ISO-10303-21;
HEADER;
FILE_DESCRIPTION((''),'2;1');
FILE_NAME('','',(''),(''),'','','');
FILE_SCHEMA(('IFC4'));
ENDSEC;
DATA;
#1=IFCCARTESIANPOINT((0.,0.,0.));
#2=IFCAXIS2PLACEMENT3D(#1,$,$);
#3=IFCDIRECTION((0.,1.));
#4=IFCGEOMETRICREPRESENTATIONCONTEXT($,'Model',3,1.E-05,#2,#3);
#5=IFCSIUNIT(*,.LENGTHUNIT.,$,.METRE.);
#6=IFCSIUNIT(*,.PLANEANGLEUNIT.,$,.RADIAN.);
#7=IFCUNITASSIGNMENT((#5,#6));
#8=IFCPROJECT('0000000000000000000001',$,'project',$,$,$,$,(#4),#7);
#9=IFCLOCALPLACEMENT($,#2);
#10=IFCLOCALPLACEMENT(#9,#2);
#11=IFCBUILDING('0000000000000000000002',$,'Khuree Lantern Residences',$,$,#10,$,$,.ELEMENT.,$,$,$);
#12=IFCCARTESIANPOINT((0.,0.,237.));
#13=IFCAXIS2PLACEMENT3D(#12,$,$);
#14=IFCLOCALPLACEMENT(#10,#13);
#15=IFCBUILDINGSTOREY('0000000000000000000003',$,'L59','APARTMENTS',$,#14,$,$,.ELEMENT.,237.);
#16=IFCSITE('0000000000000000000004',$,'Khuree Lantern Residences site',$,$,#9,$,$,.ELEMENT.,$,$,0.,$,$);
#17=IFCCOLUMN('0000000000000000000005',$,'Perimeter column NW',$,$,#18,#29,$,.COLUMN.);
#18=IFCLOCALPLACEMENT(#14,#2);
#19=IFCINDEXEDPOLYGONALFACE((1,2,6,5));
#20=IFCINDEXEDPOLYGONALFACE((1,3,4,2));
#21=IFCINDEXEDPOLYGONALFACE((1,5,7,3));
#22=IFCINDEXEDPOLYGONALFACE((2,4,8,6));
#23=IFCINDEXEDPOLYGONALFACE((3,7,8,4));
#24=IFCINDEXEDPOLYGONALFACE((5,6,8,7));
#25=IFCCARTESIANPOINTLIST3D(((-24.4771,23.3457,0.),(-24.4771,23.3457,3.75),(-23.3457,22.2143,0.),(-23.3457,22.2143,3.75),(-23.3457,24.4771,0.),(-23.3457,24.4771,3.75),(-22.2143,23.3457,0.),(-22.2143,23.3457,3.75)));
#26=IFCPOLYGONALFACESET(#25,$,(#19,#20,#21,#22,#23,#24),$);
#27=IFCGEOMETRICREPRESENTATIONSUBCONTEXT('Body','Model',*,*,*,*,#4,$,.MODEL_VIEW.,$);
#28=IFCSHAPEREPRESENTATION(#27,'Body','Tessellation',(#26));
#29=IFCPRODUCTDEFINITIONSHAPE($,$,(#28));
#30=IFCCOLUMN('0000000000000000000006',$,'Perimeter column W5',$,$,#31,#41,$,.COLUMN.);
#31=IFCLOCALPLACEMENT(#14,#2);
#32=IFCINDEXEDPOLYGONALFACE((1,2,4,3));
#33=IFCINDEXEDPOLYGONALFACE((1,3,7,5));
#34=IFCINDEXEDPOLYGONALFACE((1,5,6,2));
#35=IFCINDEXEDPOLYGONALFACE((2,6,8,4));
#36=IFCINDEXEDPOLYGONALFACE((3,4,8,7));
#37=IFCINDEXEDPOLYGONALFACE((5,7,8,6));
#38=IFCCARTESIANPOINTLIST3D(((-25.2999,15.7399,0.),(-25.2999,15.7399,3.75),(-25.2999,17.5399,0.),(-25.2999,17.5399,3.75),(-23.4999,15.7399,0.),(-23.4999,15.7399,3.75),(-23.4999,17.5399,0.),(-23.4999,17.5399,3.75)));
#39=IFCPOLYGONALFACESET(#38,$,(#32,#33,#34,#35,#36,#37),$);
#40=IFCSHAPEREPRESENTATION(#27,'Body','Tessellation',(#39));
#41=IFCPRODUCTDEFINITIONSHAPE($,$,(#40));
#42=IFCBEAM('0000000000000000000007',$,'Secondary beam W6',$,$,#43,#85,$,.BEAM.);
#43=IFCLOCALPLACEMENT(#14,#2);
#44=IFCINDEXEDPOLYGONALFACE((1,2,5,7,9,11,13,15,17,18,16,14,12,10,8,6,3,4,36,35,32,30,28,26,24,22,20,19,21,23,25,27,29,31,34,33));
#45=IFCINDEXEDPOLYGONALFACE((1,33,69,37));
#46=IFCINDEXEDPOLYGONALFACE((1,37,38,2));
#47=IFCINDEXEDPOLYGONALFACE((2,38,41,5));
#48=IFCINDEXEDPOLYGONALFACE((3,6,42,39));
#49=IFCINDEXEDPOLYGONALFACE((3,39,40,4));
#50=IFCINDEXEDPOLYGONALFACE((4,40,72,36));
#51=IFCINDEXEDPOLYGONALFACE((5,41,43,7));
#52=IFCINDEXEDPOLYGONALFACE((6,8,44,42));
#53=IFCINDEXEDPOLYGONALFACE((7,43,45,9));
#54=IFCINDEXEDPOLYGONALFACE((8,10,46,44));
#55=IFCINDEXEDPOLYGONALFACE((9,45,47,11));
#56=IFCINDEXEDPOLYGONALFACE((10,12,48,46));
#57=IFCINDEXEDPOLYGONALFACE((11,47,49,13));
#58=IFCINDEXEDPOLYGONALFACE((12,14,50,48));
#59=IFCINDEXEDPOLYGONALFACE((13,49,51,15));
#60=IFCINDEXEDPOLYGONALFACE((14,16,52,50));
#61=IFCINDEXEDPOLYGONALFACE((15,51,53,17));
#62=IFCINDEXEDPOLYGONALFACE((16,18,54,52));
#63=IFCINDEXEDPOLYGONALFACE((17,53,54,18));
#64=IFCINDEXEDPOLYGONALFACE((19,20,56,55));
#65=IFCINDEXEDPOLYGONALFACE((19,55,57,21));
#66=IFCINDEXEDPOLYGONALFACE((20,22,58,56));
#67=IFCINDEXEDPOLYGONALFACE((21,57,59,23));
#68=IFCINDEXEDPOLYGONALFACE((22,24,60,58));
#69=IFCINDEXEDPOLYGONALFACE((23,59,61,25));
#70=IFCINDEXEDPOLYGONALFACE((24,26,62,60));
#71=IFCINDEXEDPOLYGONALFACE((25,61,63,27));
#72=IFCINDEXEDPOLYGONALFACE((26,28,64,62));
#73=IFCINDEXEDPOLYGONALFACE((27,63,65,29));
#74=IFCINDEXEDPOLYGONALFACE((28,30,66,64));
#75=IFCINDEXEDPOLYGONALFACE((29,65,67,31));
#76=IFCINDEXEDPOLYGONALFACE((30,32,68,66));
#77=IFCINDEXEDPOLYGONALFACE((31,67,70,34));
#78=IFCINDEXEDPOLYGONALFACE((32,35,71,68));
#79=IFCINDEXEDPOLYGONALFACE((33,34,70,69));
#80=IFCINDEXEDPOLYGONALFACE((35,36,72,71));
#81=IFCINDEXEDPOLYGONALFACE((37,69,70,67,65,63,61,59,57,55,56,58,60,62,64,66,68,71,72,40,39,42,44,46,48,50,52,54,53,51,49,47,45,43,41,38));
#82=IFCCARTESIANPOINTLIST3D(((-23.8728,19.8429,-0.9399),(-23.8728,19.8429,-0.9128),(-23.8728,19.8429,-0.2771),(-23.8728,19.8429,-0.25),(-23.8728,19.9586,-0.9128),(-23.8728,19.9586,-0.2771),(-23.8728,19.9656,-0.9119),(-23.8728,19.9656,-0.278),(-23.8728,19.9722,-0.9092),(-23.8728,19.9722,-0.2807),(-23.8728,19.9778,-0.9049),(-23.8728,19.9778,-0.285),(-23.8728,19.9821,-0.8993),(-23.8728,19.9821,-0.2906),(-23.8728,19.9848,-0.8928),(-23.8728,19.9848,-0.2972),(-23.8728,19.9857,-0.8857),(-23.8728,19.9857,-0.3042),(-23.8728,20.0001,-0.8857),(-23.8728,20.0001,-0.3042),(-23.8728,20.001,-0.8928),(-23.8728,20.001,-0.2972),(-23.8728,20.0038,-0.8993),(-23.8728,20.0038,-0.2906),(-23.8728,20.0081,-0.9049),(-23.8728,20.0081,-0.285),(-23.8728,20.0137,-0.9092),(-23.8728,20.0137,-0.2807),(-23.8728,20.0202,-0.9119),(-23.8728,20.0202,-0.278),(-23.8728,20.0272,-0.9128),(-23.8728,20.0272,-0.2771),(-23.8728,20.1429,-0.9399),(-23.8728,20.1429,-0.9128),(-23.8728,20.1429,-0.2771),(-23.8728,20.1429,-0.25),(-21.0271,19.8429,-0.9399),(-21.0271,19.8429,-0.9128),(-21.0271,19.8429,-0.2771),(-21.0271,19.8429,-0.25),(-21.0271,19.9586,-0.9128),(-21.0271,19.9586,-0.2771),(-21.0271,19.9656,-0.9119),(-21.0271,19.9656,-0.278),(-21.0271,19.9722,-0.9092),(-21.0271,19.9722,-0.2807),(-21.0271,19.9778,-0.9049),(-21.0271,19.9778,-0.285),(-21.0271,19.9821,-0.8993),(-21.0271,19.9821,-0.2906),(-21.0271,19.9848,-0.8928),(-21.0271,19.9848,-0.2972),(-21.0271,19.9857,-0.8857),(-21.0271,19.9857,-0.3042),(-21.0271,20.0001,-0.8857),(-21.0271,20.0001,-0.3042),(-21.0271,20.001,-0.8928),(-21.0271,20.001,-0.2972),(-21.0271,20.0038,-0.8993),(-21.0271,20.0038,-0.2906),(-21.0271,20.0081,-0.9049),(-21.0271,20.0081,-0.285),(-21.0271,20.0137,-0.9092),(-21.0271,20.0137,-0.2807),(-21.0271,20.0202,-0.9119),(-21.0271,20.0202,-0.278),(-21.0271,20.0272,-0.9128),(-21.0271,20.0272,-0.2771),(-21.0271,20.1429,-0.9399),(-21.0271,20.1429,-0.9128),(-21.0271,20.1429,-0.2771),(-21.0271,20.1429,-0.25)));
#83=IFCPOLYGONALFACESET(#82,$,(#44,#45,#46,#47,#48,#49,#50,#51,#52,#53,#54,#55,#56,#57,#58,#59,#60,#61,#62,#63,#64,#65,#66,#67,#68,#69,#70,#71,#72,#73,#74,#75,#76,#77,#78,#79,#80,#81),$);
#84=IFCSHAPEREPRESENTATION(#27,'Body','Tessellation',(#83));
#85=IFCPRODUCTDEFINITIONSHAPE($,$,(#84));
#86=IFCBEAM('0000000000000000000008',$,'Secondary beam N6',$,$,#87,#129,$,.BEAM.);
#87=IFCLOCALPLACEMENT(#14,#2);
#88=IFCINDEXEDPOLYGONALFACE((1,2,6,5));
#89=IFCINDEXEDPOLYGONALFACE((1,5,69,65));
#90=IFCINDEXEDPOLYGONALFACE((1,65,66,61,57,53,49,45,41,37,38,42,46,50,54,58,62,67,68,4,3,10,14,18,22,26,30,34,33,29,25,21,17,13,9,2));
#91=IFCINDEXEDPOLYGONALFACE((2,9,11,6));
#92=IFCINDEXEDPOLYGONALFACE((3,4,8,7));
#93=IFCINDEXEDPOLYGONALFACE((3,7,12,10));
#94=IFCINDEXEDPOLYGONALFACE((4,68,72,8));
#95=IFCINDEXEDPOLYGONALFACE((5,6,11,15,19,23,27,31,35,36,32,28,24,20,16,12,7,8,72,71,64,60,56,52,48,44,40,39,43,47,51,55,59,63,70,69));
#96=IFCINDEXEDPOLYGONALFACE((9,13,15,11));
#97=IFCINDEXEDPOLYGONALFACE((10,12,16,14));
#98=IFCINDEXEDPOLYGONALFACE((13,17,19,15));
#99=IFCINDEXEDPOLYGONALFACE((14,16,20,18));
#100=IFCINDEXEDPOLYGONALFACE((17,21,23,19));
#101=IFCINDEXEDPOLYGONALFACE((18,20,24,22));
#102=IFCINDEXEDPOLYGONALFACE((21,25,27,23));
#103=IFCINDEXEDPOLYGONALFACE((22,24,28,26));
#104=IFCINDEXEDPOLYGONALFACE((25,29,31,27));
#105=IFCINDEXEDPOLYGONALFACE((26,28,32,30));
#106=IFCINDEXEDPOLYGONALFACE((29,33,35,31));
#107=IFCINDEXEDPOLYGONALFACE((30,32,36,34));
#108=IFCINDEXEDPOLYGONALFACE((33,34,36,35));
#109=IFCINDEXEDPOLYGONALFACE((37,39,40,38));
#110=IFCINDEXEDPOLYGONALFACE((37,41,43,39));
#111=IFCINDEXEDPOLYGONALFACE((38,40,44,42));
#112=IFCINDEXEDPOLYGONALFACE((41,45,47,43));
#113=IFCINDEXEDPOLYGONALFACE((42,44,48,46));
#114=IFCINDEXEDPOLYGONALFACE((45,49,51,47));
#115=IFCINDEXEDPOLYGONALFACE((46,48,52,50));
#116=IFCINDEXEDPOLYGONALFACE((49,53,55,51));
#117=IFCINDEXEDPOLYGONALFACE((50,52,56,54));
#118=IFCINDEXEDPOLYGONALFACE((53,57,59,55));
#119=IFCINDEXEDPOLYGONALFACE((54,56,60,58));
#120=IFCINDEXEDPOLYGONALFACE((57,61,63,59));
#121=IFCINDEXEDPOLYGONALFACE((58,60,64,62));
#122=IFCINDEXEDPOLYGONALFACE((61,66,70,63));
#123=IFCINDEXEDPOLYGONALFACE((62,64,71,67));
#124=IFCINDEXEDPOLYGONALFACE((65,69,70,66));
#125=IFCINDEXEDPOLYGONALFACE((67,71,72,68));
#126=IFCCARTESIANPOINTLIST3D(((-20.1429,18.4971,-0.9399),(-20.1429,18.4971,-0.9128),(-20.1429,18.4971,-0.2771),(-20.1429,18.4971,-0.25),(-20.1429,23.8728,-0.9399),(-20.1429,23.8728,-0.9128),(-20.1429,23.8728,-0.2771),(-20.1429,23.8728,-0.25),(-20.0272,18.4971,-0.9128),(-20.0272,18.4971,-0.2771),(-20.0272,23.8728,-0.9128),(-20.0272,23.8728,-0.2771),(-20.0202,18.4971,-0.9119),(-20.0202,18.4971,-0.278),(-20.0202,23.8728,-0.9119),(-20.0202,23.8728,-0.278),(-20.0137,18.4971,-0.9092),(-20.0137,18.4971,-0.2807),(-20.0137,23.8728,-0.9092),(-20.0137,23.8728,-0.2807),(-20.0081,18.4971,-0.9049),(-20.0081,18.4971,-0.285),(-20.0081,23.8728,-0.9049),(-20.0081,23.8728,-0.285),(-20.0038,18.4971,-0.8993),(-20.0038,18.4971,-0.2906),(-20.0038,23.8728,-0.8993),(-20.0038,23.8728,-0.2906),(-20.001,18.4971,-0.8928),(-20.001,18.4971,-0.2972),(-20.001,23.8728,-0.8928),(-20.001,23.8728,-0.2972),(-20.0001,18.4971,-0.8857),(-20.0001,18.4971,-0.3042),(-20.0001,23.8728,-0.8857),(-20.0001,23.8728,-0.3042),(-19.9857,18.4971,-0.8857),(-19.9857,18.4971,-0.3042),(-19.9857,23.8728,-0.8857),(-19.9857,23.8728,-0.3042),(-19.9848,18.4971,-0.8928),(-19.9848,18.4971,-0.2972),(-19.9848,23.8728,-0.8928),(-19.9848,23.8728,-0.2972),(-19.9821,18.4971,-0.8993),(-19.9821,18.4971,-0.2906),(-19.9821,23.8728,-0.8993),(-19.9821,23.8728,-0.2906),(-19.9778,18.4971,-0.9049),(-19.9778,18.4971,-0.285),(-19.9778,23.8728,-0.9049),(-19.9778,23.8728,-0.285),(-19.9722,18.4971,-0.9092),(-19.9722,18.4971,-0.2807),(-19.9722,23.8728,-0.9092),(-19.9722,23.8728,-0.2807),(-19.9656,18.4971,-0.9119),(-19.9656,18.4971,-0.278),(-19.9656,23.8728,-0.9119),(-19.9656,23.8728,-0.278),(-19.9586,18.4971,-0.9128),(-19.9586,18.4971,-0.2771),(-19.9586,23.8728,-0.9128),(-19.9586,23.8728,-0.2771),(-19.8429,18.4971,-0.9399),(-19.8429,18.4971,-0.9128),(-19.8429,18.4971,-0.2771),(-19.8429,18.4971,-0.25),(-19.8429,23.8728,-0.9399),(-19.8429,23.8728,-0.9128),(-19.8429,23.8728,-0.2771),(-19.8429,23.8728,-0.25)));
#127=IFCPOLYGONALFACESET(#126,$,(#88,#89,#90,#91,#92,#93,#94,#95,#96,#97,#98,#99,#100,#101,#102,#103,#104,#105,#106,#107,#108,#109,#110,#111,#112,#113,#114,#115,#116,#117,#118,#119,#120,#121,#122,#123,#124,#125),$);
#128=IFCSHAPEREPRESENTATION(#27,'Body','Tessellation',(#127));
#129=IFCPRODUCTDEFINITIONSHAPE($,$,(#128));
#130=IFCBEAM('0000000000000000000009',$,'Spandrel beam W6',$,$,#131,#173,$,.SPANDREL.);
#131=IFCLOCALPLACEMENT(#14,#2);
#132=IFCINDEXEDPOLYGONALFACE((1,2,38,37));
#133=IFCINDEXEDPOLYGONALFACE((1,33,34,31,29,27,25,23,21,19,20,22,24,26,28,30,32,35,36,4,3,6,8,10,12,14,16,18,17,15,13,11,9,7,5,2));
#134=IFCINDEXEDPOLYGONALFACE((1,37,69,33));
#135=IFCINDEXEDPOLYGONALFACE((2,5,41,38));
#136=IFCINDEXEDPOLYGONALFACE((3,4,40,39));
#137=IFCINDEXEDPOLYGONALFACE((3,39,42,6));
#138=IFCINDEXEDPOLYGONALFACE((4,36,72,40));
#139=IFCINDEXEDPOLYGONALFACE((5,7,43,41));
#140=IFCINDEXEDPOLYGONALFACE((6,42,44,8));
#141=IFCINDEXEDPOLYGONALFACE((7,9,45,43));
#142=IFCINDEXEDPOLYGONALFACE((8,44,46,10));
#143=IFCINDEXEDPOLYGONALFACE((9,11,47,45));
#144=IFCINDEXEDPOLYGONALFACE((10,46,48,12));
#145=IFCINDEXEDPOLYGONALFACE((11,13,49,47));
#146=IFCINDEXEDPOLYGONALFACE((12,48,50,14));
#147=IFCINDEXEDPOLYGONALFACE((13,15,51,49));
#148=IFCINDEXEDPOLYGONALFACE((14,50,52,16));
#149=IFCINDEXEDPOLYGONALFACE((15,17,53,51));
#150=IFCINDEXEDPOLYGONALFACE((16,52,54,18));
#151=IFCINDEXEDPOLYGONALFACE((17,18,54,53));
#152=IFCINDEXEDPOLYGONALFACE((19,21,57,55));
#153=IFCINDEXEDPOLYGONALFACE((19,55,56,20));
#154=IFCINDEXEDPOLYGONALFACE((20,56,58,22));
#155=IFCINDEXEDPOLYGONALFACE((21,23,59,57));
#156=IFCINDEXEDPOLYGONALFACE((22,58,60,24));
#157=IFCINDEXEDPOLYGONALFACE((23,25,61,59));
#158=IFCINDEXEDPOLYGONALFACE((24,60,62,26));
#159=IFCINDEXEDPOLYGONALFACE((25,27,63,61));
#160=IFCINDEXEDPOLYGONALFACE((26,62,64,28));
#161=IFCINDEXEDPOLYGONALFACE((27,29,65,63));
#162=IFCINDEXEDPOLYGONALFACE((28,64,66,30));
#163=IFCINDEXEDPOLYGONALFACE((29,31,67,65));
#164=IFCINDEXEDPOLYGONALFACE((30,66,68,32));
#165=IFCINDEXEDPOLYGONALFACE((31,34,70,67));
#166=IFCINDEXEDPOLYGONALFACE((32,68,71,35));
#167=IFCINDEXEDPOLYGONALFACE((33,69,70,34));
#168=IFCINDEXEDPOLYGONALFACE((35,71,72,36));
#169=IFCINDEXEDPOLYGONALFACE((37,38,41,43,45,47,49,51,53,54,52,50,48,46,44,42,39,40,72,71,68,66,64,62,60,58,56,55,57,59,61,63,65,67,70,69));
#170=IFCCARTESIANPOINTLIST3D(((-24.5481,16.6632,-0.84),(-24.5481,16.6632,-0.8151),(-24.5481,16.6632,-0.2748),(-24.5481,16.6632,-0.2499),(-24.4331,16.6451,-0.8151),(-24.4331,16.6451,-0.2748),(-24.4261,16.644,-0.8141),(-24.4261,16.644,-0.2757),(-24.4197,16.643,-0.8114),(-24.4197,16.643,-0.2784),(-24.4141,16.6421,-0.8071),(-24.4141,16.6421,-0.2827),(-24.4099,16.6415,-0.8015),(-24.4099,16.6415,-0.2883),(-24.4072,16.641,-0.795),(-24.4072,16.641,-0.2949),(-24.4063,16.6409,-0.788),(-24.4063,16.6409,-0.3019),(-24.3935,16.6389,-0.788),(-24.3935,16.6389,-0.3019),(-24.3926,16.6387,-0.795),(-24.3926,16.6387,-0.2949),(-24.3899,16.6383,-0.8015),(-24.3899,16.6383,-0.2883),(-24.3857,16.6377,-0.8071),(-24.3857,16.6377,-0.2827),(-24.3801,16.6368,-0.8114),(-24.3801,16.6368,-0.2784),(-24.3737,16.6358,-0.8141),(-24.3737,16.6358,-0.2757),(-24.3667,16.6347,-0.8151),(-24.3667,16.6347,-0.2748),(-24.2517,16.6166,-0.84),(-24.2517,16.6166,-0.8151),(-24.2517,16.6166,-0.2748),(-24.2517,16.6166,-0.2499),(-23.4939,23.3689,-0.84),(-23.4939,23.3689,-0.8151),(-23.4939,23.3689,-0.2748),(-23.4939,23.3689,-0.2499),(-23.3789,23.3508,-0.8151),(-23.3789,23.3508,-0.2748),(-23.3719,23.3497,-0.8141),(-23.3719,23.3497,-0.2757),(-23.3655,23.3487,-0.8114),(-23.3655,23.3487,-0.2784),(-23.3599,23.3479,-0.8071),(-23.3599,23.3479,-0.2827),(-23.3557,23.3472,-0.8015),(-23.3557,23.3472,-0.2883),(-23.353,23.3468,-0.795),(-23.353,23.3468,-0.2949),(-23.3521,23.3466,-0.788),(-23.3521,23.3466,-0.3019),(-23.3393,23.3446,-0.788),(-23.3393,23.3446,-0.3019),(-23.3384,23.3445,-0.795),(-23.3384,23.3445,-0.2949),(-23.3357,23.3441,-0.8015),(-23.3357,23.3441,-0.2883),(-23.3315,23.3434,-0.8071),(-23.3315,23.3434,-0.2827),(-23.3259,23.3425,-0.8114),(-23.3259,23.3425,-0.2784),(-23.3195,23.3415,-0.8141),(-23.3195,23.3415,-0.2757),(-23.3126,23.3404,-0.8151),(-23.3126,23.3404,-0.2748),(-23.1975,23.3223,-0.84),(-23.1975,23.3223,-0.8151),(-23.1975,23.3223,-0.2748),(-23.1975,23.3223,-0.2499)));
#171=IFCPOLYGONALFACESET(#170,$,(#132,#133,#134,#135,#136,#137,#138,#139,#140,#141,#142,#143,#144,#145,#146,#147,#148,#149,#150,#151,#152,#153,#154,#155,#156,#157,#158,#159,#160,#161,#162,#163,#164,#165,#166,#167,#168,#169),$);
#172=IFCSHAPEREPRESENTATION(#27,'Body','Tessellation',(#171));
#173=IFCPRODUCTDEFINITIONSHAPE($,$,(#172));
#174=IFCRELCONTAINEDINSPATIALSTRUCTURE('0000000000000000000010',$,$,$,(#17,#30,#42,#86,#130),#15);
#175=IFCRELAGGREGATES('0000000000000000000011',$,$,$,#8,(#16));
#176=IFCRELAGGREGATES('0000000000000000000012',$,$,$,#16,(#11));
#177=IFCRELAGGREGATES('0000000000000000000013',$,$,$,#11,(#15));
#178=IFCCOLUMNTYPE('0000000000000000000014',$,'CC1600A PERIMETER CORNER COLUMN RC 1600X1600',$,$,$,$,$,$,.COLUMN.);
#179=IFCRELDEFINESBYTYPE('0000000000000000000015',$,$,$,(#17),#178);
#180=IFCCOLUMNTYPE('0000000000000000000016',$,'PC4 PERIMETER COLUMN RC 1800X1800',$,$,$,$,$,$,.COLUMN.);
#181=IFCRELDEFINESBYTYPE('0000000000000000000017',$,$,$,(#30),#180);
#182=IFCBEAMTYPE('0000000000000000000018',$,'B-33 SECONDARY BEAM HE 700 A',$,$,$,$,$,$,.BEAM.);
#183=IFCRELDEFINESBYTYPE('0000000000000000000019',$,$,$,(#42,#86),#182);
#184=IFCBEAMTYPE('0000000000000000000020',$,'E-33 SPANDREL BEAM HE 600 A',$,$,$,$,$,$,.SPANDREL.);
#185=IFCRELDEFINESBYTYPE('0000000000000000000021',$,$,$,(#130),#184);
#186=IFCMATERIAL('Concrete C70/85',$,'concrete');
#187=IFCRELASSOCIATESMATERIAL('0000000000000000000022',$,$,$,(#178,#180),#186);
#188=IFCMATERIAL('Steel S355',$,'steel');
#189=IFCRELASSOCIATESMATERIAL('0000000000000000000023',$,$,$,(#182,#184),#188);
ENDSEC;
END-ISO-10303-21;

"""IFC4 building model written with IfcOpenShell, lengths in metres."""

from ifc_helpers import new_model, si_unit, direction, frame, origin, origin_2d, place, context, subcontext, project, spatial, rectangle, i_section, extrude, material, material_profile, profile_set, type_object, element, save


model = new_model("IFC4")

# Units and contexts
model_context = context("Model", 3, precision=1e-05, world=origin(), true_north=direction((0.0, 1.0)))
body_context = subcontext(model_context, "Body", "Model", "MODEL_VIEW")
ifc_project = project(units=[si_unit("LENGTHUNIT", "METRE"), si_unit("PLANEANGLEUNIT", "RADIAN")], contexts=[model_context])

# Site, building, storey
site_placement = place(None, origin())
site = spatial("IfcSite", under=ifc_project, at=site_placement, Name="Khuree Lantern Residences site", CompositionType="ELEMENT", RefElevation=0.0)
building_placement = place(site_placement, origin())
building = spatial("IfcBuilding", under=site, at=building_placement, Name="Khuree Lantern Residences", CompositionType="ELEMENT")
storey_placement = place(building_placement, frame((0.0, 0.0, 237.0)))
storey = spatial("IfcBuildingStorey", under=building, at=storey_placement, Name="L59", Description="APARTMENTS", CompositionType="ELEMENT", Elevation=237.0)

# Columns
ifc_material_1 = material(Name="Concrete C70/85", Category="concrete")
ifc_material_profile_1 = material_profile(ifc_material_1, rectangle(XDim=1.6001, YDim=1.6001, at=origin_2d()), Name="RC 1600X1600")
ifc_profile_set_1 = profile_set([ifc_material_profile_1], Name="Concrete C70/85")
column_type_1 = type_object("IfcColumnType", Name="CC1600A PERIMETER CORNER COLUMN RC 1600X1600", PredefinedType="COLUMN", material=ifc_profile_set_1)
column_1_placement = place(storey_placement, frame((-23.3457, 23.3457, 0.0), z_axis=(0.0, 0.0, 1.0), x_axis=(0.707107, 0.707107, 0.0)))
element("IfcColumn", 1, at=column_1_placement, inside=storey, type_object=column_type_1, Name="Perimeter column NW", PredefinedType="COLUMN", context=body_context, shape_type="SweptSolid", body=[
    extrude(rectangle(XDim=1.6001, YDim=1.6001, at=origin_2d()), origin(), (0.0, 0.0, 1.0), 3.75),
])
ifc_material_profile_2 = material_profile(ifc_material_1, rectangle(XDim=1.8, YDim=1.8, at=origin_2d()), Name="RC 1800X1800")
ifc_profile_set_2 = profile_set([ifc_material_profile_2], Name="Concrete C70/85")
column_type_2 = type_object("IfcColumnType", Name="PC4 PERIMETER COLUMN RC 1800X1800", PredefinedType="COLUMN", material=ifc_profile_set_2)
column_2_placement = place(storey_placement, frame((-24.3999, 16.6399, 0.0), z_axis=(0.0, 0.0, 1.0), x_axis=(0.0, 1.0, 0.0)))
element("IfcColumn", 2, at=column_2_placement, inside=storey, type_object=column_type_2, Name="Perimeter column W5", PredefinedType="COLUMN", context=body_context, shape_type="SweptSolid", body=[
    extrude(rectangle(XDim=1.8, YDim=1.8, at=origin_2d()), origin(), (0.0, 0.0, 1.0), 3.75),
])

# Beams
ifc_material_2 = material(Name="Steel S355", Category="steel")
ifc_material_profile_3 = material_profile(ifc_material_2, i_section(OverallWidth=0.3, OverallDepth=0.6899, WebThickness=0.0144, FlangeThickness=0.0271, FilletRadius=0.0271, at=origin_2d()), Name="HE 700 A")
ifc_profile_set_3 = profile_set([ifc_material_profile_3], Name="Steel S355")
beam_type_1 = type_object("IfcBeamType", Name="B-33 SECONDARY BEAM HE 700 A", PredefinedType="BEAM", material=ifc_profile_set_3)
beam_1_placement = place(storey_placement, frame((-23.8728, 19.9929, -0.595), z_axis=(1.0, 0.0, 0.0), x_axis=(0.0, 1.0, 0.0)))
element("IfcBeam", 3, at=beam_1_placement, inside=storey, type_object=beam_type_1, Name="Secondary beam W6", PredefinedType="BEAM", context=body_context, shape_type="SweptSolid", body=[
    extrude(i_section(OverallWidth=0.3, OverallDepth=0.6899, WebThickness=0.0144, FlangeThickness=0.0271, FilletRadius=0.0271, at=origin_2d()), origin(), (0.0, 0.0, 1.0), 2.8457),
])
beam_2_placement = place(storey_placement, frame((-19.9929, 23.8728, -0.595), z_axis=(0.0, -1.0, 0.0), x_axis=(1.0, 0.0, 0.0)))
element("IfcBeam", 4, at=beam_2_placement, inside=storey, type_object=beam_type_1, Name="Secondary beam N6", PredefinedType="BEAM", context=body_context, shape_type="SweptSolid", body=[
    extrude(i_section(OverallWidth=0.3, OverallDepth=0.6899, WebThickness=0.0144, FlangeThickness=0.0271, FilletRadius=0.0271, at=origin_2d()), origin(), (0.0, 0.0, 1.0), 5.3757),
])
ifc_material_profile_4 = material_profile(ifc_material_2, i_section(OverallWidth=0.3, OverallDepth=0.5901, WebThickness=0.0129, FlangeThickness=0.0249, FilletRadius=0.0271, at=origin_2d()), Name="HE 600 A")
ifc_profile_set_4 = profile_set([ifc_material_profile_4], Name="Steel S355")
beam_type_2 = type_object("IfcBeamType", Name="E-33 SPANDREL BEAM HE 600 A", PredefinedType="SPANDREL", material=ifc_profile_set_4)
for number, where, z_axis, x_axis, name in (
    (5, (-24.3999, 16.6399, -0.5449), (0.1553, 0.987867, 0.0), (-0.987867, 0.1553, 0.0), "Spandrel beam W6"),
):
    element("IfcBeam", number, at=place(storey_placement, frame(where, z_axis=z_axis, x_axis=x_axis)), inside=storey, type_object=beam_type_2, Name=name, PredefinedType="SPANDREL", context=body_context, shape_type="SweptSolid", body=[
        extrude(i_section(OverallWidth=0.3, OverallDepth=0.5901, WebThickness=0.0129, FlangeThickness=0.0249, FilletRadius=0.0271, at=origin_2d()), origin(), (0.0, 0.0, 1.0), 6.7881),
    ])

save(model, "model.ifc")
